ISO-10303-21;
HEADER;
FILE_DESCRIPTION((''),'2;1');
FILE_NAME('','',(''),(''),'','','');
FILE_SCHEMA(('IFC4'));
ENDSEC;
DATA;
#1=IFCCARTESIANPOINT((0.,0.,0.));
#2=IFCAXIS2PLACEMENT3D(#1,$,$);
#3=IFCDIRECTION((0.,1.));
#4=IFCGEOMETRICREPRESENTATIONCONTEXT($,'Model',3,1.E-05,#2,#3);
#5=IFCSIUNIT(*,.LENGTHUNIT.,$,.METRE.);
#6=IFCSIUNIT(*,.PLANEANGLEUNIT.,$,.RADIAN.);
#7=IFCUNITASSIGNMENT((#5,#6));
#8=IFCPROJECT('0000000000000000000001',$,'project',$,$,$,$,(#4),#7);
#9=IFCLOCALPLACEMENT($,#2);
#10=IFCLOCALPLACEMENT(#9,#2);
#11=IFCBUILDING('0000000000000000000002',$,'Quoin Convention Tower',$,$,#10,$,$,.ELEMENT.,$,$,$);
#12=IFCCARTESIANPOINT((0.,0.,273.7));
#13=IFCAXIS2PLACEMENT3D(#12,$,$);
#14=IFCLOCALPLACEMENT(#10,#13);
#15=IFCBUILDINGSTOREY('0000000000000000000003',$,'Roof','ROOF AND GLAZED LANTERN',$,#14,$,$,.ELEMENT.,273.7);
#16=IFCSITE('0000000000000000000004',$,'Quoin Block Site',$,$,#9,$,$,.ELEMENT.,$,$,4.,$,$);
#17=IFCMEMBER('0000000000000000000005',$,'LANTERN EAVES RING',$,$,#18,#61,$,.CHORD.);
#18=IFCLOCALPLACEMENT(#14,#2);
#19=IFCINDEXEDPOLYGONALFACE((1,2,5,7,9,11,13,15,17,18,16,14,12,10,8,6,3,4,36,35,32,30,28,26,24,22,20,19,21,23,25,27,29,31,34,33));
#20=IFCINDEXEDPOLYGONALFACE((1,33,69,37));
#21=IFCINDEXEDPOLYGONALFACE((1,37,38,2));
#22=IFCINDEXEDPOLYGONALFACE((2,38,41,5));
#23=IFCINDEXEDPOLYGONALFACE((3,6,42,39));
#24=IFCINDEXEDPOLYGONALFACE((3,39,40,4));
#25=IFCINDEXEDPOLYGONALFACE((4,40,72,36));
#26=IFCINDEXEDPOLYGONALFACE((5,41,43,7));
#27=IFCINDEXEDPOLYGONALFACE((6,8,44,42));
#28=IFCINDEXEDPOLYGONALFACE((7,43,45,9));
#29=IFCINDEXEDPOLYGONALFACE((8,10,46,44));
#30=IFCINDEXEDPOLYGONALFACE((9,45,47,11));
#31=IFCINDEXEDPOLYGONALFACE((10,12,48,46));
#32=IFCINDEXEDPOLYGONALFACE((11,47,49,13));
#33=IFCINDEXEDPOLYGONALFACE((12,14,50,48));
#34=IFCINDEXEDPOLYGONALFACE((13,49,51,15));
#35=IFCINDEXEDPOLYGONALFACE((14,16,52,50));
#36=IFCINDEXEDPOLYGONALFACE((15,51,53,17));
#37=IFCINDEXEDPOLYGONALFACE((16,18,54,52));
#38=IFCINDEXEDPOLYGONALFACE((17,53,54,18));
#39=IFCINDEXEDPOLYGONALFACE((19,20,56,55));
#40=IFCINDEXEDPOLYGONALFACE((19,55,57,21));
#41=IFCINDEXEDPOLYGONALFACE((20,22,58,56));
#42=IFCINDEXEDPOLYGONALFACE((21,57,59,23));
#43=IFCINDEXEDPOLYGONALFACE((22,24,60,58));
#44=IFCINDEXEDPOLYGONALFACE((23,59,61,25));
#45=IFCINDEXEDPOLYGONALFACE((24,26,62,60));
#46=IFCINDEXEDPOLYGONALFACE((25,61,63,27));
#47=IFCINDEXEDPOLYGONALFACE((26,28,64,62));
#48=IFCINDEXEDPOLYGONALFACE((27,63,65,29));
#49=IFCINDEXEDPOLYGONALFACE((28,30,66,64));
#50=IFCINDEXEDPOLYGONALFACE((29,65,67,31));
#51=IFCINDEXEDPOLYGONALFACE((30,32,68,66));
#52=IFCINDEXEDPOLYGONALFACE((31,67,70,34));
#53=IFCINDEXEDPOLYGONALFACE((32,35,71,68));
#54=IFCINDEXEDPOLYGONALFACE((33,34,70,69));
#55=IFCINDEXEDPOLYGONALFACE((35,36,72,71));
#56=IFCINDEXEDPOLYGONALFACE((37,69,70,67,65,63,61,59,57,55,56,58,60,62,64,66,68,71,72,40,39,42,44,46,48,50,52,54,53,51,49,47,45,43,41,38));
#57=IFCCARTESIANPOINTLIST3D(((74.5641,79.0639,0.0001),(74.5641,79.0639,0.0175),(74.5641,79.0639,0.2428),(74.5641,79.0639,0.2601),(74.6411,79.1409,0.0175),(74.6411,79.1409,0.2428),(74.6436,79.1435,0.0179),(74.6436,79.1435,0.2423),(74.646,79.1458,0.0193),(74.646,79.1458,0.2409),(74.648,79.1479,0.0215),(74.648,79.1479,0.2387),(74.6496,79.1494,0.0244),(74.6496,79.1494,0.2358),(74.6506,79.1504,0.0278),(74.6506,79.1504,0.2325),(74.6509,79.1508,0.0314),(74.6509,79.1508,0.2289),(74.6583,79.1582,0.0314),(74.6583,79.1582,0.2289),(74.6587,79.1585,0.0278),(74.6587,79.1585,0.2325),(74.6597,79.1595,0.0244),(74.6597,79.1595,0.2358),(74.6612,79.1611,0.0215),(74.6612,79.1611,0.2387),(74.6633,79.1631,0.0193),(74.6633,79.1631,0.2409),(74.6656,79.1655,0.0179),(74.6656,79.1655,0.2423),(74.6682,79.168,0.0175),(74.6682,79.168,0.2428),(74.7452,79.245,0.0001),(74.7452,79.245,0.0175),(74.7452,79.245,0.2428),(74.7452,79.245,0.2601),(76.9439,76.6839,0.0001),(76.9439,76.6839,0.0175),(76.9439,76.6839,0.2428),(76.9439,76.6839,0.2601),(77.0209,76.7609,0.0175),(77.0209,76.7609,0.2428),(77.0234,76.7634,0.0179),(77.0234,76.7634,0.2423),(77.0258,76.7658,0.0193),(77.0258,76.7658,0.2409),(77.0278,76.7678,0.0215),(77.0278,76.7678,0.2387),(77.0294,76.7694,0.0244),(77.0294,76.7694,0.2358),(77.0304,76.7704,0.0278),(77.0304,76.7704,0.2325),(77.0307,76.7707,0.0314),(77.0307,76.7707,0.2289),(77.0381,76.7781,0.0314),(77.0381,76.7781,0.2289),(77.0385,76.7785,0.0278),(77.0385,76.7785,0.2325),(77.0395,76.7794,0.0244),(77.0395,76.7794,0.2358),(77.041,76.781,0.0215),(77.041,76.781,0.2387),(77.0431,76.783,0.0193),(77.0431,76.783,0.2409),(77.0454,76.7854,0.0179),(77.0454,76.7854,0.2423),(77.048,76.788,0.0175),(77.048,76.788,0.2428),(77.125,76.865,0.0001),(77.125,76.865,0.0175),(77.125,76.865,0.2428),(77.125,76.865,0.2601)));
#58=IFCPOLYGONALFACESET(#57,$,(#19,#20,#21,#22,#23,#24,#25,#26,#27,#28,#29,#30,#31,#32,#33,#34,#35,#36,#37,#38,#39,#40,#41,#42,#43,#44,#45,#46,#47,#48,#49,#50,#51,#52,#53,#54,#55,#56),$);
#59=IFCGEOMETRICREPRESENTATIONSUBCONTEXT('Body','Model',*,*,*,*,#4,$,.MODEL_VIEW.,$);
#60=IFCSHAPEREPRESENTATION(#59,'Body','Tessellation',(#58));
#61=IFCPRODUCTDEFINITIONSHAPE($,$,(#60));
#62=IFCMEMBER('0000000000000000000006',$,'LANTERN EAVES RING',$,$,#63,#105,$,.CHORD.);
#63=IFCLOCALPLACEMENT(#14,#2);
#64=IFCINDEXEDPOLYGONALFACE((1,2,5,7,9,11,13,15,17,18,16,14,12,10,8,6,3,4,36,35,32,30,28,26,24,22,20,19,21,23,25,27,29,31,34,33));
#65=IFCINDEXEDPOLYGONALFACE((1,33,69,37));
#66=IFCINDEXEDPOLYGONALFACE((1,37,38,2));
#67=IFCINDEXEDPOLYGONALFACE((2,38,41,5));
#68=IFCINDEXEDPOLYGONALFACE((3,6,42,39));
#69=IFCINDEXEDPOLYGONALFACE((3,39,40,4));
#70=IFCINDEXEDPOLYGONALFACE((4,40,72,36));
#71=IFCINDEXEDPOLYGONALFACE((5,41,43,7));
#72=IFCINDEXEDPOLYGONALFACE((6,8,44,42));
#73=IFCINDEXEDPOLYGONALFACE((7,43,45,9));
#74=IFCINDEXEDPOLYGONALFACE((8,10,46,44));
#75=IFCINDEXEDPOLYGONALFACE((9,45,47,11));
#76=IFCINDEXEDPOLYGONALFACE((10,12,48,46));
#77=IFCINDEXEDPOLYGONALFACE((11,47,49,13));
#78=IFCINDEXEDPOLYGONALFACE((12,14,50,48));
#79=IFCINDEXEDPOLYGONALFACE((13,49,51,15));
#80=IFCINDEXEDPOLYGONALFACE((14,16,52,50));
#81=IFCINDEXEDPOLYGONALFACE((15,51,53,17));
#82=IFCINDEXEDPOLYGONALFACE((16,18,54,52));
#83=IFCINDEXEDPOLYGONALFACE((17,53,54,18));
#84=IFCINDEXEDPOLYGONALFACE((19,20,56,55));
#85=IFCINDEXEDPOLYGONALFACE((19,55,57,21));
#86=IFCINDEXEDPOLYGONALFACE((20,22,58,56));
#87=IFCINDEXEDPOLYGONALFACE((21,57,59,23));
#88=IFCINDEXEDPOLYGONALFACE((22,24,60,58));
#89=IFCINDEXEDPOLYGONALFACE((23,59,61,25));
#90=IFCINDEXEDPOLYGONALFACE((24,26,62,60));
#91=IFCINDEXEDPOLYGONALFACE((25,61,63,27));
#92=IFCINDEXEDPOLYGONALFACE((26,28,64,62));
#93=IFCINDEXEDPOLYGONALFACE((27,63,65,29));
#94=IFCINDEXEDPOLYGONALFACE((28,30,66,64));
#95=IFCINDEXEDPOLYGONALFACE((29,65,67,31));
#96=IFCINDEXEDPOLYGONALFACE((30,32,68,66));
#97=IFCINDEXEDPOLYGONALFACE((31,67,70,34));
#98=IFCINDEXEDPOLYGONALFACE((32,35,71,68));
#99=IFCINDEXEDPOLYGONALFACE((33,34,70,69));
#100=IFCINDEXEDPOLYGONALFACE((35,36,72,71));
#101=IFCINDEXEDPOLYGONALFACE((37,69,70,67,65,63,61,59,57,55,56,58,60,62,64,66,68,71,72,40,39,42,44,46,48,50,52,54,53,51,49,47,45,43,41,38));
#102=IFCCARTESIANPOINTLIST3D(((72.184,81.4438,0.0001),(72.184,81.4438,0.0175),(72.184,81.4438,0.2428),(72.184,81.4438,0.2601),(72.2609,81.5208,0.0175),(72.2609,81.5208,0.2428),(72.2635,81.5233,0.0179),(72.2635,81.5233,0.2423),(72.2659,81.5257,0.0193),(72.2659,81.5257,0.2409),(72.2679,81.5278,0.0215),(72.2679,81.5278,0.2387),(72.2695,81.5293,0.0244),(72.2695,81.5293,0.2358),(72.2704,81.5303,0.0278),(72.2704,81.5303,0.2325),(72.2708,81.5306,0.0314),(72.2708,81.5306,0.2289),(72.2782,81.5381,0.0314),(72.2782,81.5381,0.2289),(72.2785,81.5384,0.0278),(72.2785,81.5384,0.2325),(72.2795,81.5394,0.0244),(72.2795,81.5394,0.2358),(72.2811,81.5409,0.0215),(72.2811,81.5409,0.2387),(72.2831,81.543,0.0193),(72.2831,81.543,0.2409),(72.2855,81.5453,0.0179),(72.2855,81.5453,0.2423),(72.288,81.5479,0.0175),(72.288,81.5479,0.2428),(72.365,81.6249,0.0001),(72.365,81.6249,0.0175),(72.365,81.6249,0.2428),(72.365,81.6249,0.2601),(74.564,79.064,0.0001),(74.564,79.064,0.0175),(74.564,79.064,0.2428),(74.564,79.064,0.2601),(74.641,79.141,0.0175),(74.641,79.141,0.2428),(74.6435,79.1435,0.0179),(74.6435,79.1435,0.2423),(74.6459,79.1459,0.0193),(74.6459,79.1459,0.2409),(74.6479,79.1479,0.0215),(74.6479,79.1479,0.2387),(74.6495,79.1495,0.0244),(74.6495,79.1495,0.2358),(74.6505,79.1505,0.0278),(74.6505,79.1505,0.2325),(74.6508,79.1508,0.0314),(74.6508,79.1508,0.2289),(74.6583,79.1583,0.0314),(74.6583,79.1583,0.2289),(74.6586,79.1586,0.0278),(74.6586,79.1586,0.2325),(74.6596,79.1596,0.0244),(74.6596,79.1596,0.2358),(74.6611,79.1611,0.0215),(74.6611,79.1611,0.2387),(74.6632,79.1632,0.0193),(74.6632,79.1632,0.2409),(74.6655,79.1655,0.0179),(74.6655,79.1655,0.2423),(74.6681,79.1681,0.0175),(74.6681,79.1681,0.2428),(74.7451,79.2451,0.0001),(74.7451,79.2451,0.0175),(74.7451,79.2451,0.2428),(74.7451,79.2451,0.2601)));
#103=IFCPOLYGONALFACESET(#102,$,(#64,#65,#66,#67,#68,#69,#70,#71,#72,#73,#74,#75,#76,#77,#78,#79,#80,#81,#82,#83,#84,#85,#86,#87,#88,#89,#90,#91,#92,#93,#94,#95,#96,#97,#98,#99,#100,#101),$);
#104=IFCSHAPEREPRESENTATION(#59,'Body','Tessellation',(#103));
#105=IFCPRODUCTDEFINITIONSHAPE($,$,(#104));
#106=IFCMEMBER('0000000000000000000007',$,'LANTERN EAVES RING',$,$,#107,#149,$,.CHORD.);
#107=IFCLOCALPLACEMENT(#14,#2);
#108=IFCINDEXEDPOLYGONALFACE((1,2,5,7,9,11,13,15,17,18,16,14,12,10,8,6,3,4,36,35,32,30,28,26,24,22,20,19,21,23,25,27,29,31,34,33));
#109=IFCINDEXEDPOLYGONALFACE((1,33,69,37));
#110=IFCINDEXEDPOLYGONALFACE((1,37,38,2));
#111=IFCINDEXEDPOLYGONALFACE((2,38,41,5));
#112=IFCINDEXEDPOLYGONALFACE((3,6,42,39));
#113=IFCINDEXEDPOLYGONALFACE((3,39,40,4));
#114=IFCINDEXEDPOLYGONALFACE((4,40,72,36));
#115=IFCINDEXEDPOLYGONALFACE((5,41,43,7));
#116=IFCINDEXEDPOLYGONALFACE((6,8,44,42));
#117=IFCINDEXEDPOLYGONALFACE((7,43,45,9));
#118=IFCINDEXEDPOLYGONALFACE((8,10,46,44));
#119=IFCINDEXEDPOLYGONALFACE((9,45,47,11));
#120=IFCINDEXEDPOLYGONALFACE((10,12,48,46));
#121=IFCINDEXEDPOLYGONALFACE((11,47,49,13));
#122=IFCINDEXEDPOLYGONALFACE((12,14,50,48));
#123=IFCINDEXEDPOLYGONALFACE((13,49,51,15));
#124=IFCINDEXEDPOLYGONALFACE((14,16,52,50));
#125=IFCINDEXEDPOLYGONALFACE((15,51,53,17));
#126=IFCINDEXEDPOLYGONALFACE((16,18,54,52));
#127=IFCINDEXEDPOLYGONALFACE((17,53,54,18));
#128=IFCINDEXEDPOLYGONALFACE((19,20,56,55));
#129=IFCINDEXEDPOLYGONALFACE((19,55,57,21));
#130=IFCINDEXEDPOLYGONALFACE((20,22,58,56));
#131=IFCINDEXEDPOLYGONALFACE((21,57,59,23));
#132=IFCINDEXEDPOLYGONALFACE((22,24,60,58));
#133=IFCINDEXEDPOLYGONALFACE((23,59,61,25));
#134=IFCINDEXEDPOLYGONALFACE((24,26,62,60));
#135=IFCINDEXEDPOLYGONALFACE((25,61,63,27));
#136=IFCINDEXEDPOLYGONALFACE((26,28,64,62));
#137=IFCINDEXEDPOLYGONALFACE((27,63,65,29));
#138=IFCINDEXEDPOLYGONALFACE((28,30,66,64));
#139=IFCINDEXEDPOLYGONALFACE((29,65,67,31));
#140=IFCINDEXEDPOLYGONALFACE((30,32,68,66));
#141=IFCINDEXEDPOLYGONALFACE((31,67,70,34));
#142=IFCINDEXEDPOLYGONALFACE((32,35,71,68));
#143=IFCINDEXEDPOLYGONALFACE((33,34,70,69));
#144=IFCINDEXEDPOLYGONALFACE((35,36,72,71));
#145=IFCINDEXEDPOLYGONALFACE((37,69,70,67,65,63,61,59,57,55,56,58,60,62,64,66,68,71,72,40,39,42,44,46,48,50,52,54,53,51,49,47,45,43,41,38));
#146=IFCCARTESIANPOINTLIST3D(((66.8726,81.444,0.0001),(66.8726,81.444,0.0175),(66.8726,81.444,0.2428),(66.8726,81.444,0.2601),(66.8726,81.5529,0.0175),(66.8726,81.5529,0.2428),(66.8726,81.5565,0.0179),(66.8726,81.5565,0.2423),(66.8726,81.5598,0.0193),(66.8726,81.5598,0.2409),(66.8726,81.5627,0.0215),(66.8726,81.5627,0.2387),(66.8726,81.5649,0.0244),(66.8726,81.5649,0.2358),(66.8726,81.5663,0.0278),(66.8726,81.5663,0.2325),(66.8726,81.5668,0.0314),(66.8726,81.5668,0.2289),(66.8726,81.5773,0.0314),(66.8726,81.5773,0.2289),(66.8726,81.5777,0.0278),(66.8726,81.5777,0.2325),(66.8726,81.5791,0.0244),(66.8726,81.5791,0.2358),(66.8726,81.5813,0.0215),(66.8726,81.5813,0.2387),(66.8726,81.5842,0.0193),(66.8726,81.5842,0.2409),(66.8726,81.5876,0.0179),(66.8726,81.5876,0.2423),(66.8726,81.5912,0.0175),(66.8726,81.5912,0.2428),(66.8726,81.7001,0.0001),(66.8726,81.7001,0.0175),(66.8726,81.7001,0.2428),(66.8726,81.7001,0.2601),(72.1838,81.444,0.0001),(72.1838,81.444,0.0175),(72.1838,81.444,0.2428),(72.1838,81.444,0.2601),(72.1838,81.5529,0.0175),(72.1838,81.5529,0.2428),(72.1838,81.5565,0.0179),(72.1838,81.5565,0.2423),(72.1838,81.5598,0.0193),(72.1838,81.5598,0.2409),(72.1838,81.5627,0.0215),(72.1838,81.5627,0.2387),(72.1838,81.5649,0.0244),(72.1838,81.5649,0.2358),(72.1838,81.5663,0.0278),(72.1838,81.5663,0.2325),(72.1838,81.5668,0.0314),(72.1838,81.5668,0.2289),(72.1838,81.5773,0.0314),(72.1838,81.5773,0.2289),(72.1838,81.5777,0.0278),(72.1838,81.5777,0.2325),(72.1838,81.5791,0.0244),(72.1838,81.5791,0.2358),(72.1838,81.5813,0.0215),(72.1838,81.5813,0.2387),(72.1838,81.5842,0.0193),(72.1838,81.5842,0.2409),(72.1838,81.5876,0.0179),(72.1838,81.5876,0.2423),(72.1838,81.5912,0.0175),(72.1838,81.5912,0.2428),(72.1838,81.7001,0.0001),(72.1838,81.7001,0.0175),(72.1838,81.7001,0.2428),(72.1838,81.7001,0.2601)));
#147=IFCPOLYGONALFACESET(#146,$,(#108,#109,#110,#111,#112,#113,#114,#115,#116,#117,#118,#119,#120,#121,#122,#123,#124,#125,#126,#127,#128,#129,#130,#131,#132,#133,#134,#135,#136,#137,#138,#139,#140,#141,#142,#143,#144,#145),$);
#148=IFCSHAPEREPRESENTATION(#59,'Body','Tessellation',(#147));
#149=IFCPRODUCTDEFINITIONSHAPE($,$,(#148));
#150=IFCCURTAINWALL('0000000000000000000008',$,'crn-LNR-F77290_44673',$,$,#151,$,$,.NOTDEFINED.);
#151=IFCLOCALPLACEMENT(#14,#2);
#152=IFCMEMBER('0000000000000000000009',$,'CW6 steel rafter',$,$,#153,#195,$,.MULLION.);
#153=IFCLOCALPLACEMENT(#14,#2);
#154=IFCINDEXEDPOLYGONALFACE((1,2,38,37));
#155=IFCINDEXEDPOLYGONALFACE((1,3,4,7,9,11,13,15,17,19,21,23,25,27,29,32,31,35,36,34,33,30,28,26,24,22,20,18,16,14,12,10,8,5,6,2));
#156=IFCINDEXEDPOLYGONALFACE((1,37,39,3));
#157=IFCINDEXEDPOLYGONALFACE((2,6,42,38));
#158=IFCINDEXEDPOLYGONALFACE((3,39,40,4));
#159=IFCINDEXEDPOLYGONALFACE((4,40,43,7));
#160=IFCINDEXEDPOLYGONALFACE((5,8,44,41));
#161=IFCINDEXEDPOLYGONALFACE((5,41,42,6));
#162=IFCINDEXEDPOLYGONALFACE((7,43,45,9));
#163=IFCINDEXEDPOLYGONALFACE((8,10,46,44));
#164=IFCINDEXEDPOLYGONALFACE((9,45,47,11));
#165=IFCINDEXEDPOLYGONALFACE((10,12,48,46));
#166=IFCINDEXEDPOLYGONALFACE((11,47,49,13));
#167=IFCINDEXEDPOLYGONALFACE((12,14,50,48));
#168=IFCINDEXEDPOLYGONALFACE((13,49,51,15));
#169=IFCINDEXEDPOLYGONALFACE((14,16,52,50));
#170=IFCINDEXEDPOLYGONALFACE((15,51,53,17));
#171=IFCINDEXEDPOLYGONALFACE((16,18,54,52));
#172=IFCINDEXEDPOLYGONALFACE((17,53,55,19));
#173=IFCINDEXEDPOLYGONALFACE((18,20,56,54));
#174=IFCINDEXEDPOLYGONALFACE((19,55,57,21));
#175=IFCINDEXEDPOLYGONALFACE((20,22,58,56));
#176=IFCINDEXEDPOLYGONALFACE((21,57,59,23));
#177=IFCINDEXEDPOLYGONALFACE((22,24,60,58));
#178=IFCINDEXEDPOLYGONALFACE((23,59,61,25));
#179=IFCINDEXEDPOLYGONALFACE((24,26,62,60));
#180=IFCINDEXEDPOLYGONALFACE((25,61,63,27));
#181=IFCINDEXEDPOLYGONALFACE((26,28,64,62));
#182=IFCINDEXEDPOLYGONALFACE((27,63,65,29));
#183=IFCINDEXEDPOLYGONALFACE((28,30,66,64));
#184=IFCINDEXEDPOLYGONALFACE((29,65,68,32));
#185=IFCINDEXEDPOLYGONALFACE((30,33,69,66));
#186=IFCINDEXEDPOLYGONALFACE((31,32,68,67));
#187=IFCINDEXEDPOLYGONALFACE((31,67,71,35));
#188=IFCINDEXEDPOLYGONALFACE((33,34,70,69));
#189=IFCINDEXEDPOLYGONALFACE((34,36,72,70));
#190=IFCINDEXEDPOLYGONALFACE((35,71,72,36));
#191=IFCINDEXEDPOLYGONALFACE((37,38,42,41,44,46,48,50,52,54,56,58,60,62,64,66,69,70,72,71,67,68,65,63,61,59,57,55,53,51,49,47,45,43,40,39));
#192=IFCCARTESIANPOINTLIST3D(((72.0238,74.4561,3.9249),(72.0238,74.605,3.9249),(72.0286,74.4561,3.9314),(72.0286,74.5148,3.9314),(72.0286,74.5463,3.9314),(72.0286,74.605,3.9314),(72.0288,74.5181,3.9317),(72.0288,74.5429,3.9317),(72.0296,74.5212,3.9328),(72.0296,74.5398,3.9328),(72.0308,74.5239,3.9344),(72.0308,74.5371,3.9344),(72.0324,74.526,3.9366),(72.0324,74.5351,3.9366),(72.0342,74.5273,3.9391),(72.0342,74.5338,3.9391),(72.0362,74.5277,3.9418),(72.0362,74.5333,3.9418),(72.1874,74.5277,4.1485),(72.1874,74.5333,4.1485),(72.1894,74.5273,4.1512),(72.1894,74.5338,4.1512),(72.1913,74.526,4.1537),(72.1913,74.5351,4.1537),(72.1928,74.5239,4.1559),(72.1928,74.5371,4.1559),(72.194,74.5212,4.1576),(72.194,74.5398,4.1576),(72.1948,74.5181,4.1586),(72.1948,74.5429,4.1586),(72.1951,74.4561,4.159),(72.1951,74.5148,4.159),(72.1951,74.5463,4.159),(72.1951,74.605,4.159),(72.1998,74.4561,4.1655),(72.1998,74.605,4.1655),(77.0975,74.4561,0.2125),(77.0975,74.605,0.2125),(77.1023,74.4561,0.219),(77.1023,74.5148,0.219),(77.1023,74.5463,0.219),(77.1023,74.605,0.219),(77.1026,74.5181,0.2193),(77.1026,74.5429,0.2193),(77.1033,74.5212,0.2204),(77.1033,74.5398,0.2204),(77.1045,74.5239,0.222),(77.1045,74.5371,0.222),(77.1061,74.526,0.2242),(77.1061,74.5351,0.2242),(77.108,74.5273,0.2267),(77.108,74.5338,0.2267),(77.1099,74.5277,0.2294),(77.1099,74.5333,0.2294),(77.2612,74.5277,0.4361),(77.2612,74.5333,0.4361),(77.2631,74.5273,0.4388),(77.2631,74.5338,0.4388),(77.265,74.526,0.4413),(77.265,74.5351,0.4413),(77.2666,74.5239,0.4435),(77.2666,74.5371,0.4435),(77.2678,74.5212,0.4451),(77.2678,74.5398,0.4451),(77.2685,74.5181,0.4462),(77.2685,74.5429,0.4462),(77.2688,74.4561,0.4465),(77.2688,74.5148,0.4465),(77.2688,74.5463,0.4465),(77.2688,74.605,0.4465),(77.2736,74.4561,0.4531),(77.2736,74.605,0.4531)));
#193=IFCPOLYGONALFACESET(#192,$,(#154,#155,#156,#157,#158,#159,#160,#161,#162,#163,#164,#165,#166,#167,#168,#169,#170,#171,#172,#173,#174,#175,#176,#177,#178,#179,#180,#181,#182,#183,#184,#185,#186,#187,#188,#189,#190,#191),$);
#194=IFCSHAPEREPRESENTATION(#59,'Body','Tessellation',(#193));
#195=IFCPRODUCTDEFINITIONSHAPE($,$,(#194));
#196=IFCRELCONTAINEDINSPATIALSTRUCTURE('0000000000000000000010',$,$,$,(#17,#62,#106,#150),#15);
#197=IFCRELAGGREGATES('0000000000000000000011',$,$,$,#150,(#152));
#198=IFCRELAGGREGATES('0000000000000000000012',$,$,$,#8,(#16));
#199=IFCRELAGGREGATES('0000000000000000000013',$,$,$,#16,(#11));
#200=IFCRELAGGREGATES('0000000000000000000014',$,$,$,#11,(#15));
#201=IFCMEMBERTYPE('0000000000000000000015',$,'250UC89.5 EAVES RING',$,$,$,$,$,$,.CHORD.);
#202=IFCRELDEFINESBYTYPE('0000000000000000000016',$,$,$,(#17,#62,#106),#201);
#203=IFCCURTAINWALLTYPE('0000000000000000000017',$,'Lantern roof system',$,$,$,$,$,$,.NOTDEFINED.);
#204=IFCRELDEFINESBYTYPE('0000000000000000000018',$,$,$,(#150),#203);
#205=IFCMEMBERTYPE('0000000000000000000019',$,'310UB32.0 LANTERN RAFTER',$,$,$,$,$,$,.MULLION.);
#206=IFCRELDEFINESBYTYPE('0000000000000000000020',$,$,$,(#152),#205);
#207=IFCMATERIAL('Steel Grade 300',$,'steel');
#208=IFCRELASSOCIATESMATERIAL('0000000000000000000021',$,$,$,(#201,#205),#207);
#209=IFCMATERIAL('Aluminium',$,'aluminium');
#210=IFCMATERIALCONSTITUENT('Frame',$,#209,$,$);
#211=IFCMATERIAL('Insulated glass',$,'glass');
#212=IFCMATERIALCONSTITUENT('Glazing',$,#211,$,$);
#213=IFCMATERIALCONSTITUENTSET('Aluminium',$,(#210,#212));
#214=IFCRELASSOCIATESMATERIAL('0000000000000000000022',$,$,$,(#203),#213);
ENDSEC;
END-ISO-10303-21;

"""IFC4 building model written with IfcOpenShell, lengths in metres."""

from ifc_helpers import new_model, si_unit, direction, frame, origin, origin_2d, place, context, subcontext, project, spatial, i_section, extrude, material, constituent, constituent_set, material_profile, profile_set, type_object, element, aggregate, save


model = new_model("IFC4")

# Units and contexts
model_context = context("Model", 3, precision=1e-05, world=origin(), true_north=direction((0.0, 1.0)))
body_context = subcontext(model_context, "Body", "Model", "MODEL_VIEW")
ifc_project = project(units=[si_unit("LENGTHUNIT", "METRE"), si_unit("PLANEANGLEUNIT", "RADIAN")], contexts=[model_context])

# Site, building, storey
site_placement = place(None, origin())
site = spatial("IfcSite", under=ifc_project, at=site_placement, Name="Quoin Block Site", CompositionType="ELEMENT", RefElevation=4.0)
building_placement = place(site_placement, origin())
building = spatial("IfcBuilding", under=site, at=building_placement, Name="Quoin Convention Tower", CompositionType="ELEMENT")
storey_placement = place(building_placement, frame((0.0, 0.0, 273.7)))
storey = spatial("IfcBuildingStorey", under=building, at=storey_placement, Name="Roof", Description="ROOF AND GLAZED LANTERN", CompositionType="ELEMENT", Elevation=273.7)

# Members
ifc_material_1 = material(Name="Steel Grade 300", Category="steel")
ifc_material_profile_1 = material_profile(ifc_material_1, i_section(OverallWidth=0.2561, OverallDepth=0.26, WebThickness=0.0105, FlangeThickness=0.0173, FilletRadius=0.0139, at=origin_2d()), Name="250UC89.5")
ifc_profile_set_1 = profile_set([ifc_material_profile_1], Name="Steel Grade 300")
member_type_1 = type_object("IfcMemberType", Name="250UC89.5 EAVES RING", PredefinedType="CHORD", material=ifc_profile_set_1)
for number, where, z_axis, x_axis, name in (
    (1, (77.0344, 76.7744, 0.1301), (-0.707071, 0.707143, 0.0), (-0.707143, -0.707071, 0.0), "LANTERN EAVES RING"),
    (2, (74.6545, 79.1545, 0.1301), (-0.707143, 0.707071, 0.0), (-0.707071, -0.707143, 0.0), "LANTERN EAVES RING"),
):
    element("IfcMember", number, at=place(storey_placement, frame(where, z_axis=z_axis, x_axis=x_axis)), inside=storey, type_object=member_type_1, Name=name, PredefinedType="CHORD", context=body_context, shape_type="SweptSolid", body=[
        extrude(i_section(OverallWidth=0.2561, OverallDepth=0.26, WebThickness=0.0105, FlangeThickness=0.0173, FilletRadius=0.0139, at=origin_2d()), origin(), (0.0, 0.0, 1.0), 3.3657),
    ])
member_1_placement = place(storey_placement, frame((72.1838, 81.572, 0.1301), z_axis=(-1.0, 0.0, 0.0), x_axis=(0.0, -1.0, 0.0)))
element("IfcMember", 3, at=member_1_placement, inside=storey, type_object=member_type_1, Name="LANTERN EAVES RING", PredefinedType="CHORD", context=body_context, shape_type="SweptSolid", body=[
    extrude(i_section(OverallWidth=0.2561, OverallDepth=0.26, WebThickness=0.0105, FlangeThickness=0.0173, FilletRadius=0.0139, at=origin_2d()), origin(), (0.0, 0.0, 1.0), 5.3113),
])

# Curtain wall, member
ifc_material_2 = material(Name="Aluminium", Category="aluminium")
ifc_constituent_1 = constituent(ifc_material_2, Name="Frame")
ifc_material_3 = material(Name="Insulated glass", Category="glass")
ifc_constituent_2 = constituent(ifc_material_3, Name="Glazing")
ifc_constituent_set = constituent_set(constituents=[ifc_constituent_1, ifc_constituent_2], Name="Aluminium")
curtain_wall_type = type_object("IfcCurtainWallType", Name="Lantern roof system", PredefinedType="NOTDEFINED", material=ifc_constituent_set)
curtain_wall_1_placement = place(storey_placement, origin())
curtain_wall_1 = element("IfcCurtainWall", 4, at=curtain_wall_1_placement, inside=storey, type_object=curtain_wall_type, Name="crn-LNR-F77290_44673", PredefinedType="NOTDEFINED")
ifc_material_profile_2 = material_profile(ifc_material_1, i_section(OverallWidth=0.1489, OverallDepth=0.2981, WebThickness=0.0056, FlangeThickness=0.0081, FilletRadius=0.0129, at=origin_2d()), Name="310UB32.0")
ifc_profile_set_2 = profile_set([ifc_material_profile_2], Name="Steel Grade 300")
member_type_2 = type_object("IfcMemberType", Name="310UB32.0 LANTERN RAFTER", PredefinedType="MULLION", material=ifc_profile_set_2)
member_2_placement = place(storey_placement, frame((77.1855, 74.5305, 0.3328), z_axis=(-0.807037, 0.0, 0.590501), x_axis=(0.0, -1.0, 0.0)))
member_2 = element("IfcMember", 5, at=member_2_placement, type_object=member_type_2, Name="CW6 steel rafter", PredefinedType="MULLION", context=body_context, shape_type="SweptSolid", body=[
    extrude(i_section(OverallWidth=0.1489, OverallDepth=0.2981, WebThickness=0.0056, FlangeThickness=0.0081, FilletRadius=0.0129, at=origin_2d()), origin(), (0.0, 0.0, 1.0), 6.2869),
])

aggregate(curtain_wall_1, [member_2])

save(model, "model.ifc")
